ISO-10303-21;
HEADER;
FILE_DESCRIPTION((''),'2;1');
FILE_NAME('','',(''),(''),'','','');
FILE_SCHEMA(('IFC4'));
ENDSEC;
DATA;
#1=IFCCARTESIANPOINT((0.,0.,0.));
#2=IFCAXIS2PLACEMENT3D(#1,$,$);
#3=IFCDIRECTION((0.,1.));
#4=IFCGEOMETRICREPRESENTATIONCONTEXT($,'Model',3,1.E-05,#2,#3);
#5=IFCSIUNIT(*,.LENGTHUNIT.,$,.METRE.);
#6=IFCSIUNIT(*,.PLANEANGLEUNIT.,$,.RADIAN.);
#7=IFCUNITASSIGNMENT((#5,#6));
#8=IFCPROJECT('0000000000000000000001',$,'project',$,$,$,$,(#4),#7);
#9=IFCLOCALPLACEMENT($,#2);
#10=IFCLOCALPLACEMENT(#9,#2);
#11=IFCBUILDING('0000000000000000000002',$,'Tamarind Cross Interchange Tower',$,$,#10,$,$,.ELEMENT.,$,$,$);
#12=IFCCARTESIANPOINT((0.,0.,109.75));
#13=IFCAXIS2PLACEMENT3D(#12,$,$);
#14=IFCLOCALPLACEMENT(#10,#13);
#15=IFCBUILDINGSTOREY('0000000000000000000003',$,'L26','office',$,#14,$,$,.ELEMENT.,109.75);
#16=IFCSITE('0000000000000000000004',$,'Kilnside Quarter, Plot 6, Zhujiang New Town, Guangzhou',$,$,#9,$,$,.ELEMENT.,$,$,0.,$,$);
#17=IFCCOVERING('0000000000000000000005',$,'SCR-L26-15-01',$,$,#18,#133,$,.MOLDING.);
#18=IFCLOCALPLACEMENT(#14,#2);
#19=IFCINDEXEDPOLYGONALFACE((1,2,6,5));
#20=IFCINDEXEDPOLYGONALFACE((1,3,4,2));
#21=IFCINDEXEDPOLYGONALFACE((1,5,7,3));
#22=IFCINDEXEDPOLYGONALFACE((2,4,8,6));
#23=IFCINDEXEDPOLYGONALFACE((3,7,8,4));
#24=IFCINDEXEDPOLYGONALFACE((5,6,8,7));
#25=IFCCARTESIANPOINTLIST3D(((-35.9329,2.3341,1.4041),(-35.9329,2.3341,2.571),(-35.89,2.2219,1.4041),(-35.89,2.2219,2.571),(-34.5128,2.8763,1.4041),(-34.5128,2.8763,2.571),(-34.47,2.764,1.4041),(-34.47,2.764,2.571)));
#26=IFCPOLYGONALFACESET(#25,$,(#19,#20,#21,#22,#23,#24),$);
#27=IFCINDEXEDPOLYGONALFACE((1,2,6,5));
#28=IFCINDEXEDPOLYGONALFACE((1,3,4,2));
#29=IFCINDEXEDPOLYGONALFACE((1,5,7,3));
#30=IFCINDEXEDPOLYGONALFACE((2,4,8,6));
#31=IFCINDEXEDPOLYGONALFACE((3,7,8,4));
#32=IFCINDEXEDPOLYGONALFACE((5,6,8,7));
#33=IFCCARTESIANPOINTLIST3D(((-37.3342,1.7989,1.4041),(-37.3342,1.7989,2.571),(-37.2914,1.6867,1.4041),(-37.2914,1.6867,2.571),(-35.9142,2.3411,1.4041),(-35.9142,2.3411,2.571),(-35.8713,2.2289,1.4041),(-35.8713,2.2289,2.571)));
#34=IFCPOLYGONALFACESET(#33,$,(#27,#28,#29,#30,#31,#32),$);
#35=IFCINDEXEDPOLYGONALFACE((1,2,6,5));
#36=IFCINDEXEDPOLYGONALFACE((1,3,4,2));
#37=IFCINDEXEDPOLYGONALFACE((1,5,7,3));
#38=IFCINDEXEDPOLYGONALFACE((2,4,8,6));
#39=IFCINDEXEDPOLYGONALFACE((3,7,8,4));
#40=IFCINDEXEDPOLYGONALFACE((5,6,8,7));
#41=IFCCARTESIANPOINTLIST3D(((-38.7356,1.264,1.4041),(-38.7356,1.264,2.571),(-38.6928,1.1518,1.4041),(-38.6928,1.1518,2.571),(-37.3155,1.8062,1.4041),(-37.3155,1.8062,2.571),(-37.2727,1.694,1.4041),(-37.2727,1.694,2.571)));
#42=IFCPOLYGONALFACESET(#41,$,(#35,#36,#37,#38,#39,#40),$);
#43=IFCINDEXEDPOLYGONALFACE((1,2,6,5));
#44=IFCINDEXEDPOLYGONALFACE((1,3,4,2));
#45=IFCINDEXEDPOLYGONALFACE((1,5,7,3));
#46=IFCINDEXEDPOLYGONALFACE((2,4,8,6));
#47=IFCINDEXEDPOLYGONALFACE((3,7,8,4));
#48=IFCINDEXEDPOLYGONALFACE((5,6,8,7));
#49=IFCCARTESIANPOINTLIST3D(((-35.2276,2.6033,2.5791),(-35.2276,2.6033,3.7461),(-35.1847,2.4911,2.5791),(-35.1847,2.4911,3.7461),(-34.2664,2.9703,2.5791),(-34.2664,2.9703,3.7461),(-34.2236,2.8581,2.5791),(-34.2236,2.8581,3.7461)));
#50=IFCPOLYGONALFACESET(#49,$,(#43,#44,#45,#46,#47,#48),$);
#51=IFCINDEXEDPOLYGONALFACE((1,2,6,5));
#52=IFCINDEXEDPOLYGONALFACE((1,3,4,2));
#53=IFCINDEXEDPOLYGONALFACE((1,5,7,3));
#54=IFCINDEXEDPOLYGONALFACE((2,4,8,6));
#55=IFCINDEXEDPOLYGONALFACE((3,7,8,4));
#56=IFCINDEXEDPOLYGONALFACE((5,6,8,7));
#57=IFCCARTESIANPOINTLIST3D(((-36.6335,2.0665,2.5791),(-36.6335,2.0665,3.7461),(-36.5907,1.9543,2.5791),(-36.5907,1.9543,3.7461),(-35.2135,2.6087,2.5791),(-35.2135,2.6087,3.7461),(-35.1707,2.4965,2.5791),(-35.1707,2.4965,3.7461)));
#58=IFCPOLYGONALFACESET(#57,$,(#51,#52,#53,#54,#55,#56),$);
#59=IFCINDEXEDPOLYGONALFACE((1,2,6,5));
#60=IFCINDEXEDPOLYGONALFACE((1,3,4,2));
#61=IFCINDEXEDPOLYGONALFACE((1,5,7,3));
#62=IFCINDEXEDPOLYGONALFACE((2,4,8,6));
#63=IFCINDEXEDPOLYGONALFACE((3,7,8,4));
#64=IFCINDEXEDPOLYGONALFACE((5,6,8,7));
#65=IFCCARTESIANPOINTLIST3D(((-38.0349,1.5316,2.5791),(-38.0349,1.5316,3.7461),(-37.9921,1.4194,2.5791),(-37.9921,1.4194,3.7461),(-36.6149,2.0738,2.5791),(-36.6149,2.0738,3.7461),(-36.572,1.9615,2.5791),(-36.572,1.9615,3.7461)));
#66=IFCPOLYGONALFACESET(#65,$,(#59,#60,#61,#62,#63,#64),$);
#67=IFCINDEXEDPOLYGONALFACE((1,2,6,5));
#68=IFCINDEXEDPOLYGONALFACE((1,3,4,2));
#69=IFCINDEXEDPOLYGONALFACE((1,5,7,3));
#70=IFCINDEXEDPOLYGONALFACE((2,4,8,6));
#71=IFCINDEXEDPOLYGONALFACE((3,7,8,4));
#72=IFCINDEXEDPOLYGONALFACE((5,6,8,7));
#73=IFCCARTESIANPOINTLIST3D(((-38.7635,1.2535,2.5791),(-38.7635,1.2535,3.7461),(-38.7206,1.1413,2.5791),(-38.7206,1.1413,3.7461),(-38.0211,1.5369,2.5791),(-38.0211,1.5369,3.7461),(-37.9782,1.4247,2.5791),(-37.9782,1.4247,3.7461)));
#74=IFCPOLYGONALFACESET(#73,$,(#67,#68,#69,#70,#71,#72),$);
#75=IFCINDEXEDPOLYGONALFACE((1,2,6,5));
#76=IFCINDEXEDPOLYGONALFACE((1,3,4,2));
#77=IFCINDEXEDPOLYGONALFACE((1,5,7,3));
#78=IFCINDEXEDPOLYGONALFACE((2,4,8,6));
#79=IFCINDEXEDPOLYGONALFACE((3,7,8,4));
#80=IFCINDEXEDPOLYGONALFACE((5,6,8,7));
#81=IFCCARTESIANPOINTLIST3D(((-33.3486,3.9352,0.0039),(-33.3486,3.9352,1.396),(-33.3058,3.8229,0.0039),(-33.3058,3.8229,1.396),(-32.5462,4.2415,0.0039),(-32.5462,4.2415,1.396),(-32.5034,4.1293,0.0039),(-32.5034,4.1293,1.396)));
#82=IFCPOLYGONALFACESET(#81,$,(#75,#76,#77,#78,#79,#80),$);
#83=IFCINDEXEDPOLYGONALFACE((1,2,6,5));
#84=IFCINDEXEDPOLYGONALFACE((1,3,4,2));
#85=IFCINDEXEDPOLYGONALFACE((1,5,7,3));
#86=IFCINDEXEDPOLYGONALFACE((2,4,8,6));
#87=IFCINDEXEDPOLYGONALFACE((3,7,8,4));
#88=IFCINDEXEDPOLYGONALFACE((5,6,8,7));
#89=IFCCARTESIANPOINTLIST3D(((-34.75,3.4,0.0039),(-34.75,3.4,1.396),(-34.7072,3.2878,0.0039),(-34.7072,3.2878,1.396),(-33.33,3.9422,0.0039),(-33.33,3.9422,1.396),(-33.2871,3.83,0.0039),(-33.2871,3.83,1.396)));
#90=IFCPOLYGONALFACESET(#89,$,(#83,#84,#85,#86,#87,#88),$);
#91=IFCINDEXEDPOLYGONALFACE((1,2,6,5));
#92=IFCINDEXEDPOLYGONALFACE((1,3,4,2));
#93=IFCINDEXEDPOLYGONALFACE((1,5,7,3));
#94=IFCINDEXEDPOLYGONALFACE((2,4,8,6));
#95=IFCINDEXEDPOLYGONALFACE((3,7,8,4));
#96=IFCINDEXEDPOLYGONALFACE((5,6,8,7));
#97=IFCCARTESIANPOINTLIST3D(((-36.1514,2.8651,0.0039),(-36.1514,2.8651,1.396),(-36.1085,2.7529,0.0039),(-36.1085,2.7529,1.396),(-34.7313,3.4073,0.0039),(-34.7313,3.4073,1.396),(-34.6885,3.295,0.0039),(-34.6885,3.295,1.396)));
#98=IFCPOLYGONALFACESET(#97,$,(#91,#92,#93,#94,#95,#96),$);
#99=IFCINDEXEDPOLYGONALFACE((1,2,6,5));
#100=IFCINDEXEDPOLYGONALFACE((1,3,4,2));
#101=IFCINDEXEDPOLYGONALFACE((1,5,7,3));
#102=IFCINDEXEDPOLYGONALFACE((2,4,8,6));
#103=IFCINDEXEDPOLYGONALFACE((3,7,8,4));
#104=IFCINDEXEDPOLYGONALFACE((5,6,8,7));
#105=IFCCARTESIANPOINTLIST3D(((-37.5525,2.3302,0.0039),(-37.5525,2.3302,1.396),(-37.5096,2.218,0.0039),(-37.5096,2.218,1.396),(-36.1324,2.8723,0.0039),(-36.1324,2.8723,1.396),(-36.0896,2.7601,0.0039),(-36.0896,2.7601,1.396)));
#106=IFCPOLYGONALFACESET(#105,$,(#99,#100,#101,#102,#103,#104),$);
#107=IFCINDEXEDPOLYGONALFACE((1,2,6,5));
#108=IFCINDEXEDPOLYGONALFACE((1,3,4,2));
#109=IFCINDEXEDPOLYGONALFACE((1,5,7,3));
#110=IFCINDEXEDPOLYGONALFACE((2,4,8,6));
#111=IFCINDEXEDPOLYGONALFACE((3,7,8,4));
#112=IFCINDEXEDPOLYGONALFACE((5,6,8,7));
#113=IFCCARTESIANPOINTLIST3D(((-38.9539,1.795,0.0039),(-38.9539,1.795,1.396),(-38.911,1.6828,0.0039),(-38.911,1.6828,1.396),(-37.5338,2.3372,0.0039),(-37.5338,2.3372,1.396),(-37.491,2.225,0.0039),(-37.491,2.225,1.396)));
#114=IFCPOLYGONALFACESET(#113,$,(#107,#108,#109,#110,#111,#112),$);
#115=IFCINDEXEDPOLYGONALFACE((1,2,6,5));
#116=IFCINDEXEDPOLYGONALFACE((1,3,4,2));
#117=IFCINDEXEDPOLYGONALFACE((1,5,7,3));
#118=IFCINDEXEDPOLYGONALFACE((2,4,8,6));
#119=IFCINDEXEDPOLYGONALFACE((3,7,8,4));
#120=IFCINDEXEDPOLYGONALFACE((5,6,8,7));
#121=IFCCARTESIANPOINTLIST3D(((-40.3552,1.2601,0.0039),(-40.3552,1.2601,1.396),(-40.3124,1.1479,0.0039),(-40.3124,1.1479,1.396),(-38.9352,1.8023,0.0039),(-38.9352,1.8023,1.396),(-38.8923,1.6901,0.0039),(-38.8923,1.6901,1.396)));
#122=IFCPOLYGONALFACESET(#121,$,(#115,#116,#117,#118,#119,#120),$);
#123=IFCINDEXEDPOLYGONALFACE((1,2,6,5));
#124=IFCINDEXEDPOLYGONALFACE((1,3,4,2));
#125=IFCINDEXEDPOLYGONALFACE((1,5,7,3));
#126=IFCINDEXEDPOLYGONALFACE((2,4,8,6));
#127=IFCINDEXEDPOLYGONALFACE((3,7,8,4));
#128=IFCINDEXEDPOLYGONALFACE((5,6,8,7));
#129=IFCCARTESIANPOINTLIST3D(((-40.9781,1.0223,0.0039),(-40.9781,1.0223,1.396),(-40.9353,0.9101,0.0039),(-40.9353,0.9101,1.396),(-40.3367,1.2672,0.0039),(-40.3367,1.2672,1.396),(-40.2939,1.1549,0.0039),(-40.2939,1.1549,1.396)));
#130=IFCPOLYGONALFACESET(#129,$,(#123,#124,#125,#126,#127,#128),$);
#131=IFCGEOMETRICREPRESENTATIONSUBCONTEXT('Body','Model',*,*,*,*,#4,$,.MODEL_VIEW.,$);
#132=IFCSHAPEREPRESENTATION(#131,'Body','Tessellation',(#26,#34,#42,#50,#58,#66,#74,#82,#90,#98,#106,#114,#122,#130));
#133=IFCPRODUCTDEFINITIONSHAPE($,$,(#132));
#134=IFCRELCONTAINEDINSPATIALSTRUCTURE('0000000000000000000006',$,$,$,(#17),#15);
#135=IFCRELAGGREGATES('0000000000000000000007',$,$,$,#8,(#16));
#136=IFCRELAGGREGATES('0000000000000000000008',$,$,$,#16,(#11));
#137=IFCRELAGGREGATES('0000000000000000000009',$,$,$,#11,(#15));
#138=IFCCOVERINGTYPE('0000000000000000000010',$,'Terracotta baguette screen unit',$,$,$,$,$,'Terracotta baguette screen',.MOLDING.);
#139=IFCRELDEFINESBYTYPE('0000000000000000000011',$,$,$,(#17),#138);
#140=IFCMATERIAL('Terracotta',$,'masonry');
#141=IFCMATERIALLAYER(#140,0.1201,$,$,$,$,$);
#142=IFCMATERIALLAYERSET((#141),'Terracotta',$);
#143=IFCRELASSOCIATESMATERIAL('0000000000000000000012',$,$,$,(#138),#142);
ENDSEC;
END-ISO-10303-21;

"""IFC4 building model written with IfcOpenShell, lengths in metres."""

from ifc_helpers import new_model, si_unit, direction, frame, origin, origin_2d, place, context, subcontext, project, spatial, rectangle, extrude, material, layer, layer_set, type_object, element, save


model = new_model("IFC4")

# Units and contexts
model_context = context("Model", 3, precision=1e-05, world=origin(), true_north=direction((0.0, 1.0)))
body_context = subcontext(model_context, "Body", "Model", "MODEL_VIEW")
ifc_project = project(units=[si_unit("LENGTHUNIT", "METRE"), si_unit("PLANEANGLEUNIT", "RADIAN")], contexts=[model_context])

# Site, building, storey
site_placement = place(None, origin())
site = spatial("IfcSite", under=ifc_project, at=site_placement, Name="Kilnside Quarter, Plot 6, Zhujiang New Town, Guangzhou", CompositionType="ELEMENT", RefElevation=0.0)
building_placement = place(site_placement, origin())
building = spatial("IfcBuilding", under=site, at=building_placement, Name="Tamarind Cross Interchange Tower", CompositionType="ELEMENT")
storey_placement = place(building_placement, frame((0.0, 0.0, 109.75)))
storey = spatial("IfcBuildingStorey", under=building, at=storey_placement, Name="L26", Description="office", CompositionType="ELEMENT", Elevation=109.75)

# Covering
ifc_material_1 = material(Name="Terracotta", Category="masonry")
ifc_layer_1 = layer(ifc_material_1, 0.1201)
ifc_layer_set_1 = layer_set([ifc_layer_1], Name="Terracotta")
covering_type = type_object("IfcCoveringType", Name="Terracotta baguette screen unit", ElementType="Terracotta baguette screen", PredefinedType="MOLDING", material=ifc_layer_set_1)
covering_1_placement = place(storey_placement, origin())
element("IfcCovering", 1, at=covering_1_placement, inside=storey, type_object=covering_type, Name="SCR-L26-15-01", PredefinedType="MOLDING", context=body_context, shape_type="SweptSolid", body=[
    extrude(rectangle(XDim=1.52, YDim=0.1201, at=origin_2d()), frame((-35.2014, 2.5491, 1.4041), z_axis=(0.0, 0.0, 1.0), x_axis=(-0.934229, -0.356673, 0.0)), (0.0, 0.0, 1.0), 1.167),
    extrude(rectangle(XDim=1.52, YDim=0.1201, at=origin_2d()), frame((-36.6028, 2.0139, 1.4041), z_axis=(0.0, 0.0, 1.0), x_axis=(-0.934229, -0.356673, 0.0)), (0.0, 0.0, 1.0), 1.167),
    extrude(rectangle(XDim=1.52, YDim=0.1201, at=origin_2d()), frame((-38.0042, 1.479, 1.4041), z_axis=(0.0, 0.0, 1.0), x_axis=(-0.934229, -0.356673, 0.0)), (0.0, 0.0, 1.0), 1.167),
    extrude(rectangle(XDim=1.0288, YDim=0.1201, at=origin_2d()), frame((-34.7256, 2.7307, 2.5791), z_axis=(0.0, 0.0, 1.0), x_axis=(-0.934229, -0.356673, 0.0)), (0.0, 0.0, 1.0), 1.167),
    extrude(rectangle(XDim=1.52, YDim=0.1201, at=origin_2d()), frame((-35.9021, 2.2815, 2.5791), z_axis=(0.0, 0.0, 1.0), x_axis=(-0.934229, -0.356673, 0.0)), (0.0, 0.0, 1.0), 1.167),
    extrude(rectangle(XDim=1.52, YDim=0.1201, at=origin_2d()), frame((-37.3035, 1.7466, 2.5791), z_axis=(0.0, 0.0, 1.0), x_axis=(-0.934229, -0.356673, 0.0)), (0.0, 0.0, 1.0), 1.167),
    extrude(rectangle(XDim=0.7947, YDim=0.1201, at=origin_2d()), frame((-38.3708, 1.3391, 2.5791), z_axis=(0.0, 0.0, 1.0), x_axis=(-0.934229, -0.356673, 0.0)), (0.0, 0.0, 1.0), 1.167),
    extrude(rectangle(XDim=0.8589, YDim=0.1201, at=origin_2d()), frame((-32.926, 4.0322, 0.0039), z_axis=(0.0, 0.0, 1.0), x_axis=(-0.934229, -0.356673, 0.0)), (0.0, 0.0, 1.0), 1.3921),
    extrude(rectangle(XDim=1.52, YDim=0.1201, at=origin_2d()), frame((-34.0186, 3.615, 0.0039), z_axis=(0.0, 0.0, 1.0), x_axis=(-0.934229, -0.356673, 0.0)), (0.0, 0.0, 1.0), 1.3921),
    extrude(rectangle(XDim=1.52, YDim=0.1201, at=origin_2d()), frame((-35.4199, 3.0801, 0.0039), z_axis=(0.0, 0.0, 1.0), x_axis=(-0.934229, -0.356673, 0.0)), (0.0, 0.0, 1.0), 1.3921),
    extrude(rectangle(XDim=1.52, YDim=0.1201, at=origin_2d()), frame((-36.821, 2.5452, 0.0039), z_axis=(0.0, 0.0, 1.0), x_axis=(-0.934229, -0.356673, 0.0)), (0.0, 0.0, 1.0), 1.3921),
    extrude(rectangle(XDim=1.52, YDim=0.1201, at=origin_2d()), frame((-38.2224, 2.01, 0.0039), z_axis=(0.0, 0.0, 1.0), x_axis=(-0.934229, -0.356673, 0.0)), (0.0, 0.0, 1.0), 1.3921),
    extrude(rectangle(XDim=1.52, YDim=0.1201, at=origin_2d()), frame((-39.6238, 1.4751, 0.0039), z_axis=(0.0, 0.0, 1.0), x_axis=(-0.934229, -0.356673, 0.0)), (0.0, 0.0, 1.0), 1.3921),
    extrude(rectangle(XDim=0.6865, YDim=0.1201, at=origin_2d()), frame((-40.636, 1.0886, 0.0039), z_axis=(0.0, 0.0, 1.0), x_axis=(-0.934229, -0.356673, 0.0)), (0.0, 0.0, 1.0), 1.3921),
])

save(model, "model.ifc")
